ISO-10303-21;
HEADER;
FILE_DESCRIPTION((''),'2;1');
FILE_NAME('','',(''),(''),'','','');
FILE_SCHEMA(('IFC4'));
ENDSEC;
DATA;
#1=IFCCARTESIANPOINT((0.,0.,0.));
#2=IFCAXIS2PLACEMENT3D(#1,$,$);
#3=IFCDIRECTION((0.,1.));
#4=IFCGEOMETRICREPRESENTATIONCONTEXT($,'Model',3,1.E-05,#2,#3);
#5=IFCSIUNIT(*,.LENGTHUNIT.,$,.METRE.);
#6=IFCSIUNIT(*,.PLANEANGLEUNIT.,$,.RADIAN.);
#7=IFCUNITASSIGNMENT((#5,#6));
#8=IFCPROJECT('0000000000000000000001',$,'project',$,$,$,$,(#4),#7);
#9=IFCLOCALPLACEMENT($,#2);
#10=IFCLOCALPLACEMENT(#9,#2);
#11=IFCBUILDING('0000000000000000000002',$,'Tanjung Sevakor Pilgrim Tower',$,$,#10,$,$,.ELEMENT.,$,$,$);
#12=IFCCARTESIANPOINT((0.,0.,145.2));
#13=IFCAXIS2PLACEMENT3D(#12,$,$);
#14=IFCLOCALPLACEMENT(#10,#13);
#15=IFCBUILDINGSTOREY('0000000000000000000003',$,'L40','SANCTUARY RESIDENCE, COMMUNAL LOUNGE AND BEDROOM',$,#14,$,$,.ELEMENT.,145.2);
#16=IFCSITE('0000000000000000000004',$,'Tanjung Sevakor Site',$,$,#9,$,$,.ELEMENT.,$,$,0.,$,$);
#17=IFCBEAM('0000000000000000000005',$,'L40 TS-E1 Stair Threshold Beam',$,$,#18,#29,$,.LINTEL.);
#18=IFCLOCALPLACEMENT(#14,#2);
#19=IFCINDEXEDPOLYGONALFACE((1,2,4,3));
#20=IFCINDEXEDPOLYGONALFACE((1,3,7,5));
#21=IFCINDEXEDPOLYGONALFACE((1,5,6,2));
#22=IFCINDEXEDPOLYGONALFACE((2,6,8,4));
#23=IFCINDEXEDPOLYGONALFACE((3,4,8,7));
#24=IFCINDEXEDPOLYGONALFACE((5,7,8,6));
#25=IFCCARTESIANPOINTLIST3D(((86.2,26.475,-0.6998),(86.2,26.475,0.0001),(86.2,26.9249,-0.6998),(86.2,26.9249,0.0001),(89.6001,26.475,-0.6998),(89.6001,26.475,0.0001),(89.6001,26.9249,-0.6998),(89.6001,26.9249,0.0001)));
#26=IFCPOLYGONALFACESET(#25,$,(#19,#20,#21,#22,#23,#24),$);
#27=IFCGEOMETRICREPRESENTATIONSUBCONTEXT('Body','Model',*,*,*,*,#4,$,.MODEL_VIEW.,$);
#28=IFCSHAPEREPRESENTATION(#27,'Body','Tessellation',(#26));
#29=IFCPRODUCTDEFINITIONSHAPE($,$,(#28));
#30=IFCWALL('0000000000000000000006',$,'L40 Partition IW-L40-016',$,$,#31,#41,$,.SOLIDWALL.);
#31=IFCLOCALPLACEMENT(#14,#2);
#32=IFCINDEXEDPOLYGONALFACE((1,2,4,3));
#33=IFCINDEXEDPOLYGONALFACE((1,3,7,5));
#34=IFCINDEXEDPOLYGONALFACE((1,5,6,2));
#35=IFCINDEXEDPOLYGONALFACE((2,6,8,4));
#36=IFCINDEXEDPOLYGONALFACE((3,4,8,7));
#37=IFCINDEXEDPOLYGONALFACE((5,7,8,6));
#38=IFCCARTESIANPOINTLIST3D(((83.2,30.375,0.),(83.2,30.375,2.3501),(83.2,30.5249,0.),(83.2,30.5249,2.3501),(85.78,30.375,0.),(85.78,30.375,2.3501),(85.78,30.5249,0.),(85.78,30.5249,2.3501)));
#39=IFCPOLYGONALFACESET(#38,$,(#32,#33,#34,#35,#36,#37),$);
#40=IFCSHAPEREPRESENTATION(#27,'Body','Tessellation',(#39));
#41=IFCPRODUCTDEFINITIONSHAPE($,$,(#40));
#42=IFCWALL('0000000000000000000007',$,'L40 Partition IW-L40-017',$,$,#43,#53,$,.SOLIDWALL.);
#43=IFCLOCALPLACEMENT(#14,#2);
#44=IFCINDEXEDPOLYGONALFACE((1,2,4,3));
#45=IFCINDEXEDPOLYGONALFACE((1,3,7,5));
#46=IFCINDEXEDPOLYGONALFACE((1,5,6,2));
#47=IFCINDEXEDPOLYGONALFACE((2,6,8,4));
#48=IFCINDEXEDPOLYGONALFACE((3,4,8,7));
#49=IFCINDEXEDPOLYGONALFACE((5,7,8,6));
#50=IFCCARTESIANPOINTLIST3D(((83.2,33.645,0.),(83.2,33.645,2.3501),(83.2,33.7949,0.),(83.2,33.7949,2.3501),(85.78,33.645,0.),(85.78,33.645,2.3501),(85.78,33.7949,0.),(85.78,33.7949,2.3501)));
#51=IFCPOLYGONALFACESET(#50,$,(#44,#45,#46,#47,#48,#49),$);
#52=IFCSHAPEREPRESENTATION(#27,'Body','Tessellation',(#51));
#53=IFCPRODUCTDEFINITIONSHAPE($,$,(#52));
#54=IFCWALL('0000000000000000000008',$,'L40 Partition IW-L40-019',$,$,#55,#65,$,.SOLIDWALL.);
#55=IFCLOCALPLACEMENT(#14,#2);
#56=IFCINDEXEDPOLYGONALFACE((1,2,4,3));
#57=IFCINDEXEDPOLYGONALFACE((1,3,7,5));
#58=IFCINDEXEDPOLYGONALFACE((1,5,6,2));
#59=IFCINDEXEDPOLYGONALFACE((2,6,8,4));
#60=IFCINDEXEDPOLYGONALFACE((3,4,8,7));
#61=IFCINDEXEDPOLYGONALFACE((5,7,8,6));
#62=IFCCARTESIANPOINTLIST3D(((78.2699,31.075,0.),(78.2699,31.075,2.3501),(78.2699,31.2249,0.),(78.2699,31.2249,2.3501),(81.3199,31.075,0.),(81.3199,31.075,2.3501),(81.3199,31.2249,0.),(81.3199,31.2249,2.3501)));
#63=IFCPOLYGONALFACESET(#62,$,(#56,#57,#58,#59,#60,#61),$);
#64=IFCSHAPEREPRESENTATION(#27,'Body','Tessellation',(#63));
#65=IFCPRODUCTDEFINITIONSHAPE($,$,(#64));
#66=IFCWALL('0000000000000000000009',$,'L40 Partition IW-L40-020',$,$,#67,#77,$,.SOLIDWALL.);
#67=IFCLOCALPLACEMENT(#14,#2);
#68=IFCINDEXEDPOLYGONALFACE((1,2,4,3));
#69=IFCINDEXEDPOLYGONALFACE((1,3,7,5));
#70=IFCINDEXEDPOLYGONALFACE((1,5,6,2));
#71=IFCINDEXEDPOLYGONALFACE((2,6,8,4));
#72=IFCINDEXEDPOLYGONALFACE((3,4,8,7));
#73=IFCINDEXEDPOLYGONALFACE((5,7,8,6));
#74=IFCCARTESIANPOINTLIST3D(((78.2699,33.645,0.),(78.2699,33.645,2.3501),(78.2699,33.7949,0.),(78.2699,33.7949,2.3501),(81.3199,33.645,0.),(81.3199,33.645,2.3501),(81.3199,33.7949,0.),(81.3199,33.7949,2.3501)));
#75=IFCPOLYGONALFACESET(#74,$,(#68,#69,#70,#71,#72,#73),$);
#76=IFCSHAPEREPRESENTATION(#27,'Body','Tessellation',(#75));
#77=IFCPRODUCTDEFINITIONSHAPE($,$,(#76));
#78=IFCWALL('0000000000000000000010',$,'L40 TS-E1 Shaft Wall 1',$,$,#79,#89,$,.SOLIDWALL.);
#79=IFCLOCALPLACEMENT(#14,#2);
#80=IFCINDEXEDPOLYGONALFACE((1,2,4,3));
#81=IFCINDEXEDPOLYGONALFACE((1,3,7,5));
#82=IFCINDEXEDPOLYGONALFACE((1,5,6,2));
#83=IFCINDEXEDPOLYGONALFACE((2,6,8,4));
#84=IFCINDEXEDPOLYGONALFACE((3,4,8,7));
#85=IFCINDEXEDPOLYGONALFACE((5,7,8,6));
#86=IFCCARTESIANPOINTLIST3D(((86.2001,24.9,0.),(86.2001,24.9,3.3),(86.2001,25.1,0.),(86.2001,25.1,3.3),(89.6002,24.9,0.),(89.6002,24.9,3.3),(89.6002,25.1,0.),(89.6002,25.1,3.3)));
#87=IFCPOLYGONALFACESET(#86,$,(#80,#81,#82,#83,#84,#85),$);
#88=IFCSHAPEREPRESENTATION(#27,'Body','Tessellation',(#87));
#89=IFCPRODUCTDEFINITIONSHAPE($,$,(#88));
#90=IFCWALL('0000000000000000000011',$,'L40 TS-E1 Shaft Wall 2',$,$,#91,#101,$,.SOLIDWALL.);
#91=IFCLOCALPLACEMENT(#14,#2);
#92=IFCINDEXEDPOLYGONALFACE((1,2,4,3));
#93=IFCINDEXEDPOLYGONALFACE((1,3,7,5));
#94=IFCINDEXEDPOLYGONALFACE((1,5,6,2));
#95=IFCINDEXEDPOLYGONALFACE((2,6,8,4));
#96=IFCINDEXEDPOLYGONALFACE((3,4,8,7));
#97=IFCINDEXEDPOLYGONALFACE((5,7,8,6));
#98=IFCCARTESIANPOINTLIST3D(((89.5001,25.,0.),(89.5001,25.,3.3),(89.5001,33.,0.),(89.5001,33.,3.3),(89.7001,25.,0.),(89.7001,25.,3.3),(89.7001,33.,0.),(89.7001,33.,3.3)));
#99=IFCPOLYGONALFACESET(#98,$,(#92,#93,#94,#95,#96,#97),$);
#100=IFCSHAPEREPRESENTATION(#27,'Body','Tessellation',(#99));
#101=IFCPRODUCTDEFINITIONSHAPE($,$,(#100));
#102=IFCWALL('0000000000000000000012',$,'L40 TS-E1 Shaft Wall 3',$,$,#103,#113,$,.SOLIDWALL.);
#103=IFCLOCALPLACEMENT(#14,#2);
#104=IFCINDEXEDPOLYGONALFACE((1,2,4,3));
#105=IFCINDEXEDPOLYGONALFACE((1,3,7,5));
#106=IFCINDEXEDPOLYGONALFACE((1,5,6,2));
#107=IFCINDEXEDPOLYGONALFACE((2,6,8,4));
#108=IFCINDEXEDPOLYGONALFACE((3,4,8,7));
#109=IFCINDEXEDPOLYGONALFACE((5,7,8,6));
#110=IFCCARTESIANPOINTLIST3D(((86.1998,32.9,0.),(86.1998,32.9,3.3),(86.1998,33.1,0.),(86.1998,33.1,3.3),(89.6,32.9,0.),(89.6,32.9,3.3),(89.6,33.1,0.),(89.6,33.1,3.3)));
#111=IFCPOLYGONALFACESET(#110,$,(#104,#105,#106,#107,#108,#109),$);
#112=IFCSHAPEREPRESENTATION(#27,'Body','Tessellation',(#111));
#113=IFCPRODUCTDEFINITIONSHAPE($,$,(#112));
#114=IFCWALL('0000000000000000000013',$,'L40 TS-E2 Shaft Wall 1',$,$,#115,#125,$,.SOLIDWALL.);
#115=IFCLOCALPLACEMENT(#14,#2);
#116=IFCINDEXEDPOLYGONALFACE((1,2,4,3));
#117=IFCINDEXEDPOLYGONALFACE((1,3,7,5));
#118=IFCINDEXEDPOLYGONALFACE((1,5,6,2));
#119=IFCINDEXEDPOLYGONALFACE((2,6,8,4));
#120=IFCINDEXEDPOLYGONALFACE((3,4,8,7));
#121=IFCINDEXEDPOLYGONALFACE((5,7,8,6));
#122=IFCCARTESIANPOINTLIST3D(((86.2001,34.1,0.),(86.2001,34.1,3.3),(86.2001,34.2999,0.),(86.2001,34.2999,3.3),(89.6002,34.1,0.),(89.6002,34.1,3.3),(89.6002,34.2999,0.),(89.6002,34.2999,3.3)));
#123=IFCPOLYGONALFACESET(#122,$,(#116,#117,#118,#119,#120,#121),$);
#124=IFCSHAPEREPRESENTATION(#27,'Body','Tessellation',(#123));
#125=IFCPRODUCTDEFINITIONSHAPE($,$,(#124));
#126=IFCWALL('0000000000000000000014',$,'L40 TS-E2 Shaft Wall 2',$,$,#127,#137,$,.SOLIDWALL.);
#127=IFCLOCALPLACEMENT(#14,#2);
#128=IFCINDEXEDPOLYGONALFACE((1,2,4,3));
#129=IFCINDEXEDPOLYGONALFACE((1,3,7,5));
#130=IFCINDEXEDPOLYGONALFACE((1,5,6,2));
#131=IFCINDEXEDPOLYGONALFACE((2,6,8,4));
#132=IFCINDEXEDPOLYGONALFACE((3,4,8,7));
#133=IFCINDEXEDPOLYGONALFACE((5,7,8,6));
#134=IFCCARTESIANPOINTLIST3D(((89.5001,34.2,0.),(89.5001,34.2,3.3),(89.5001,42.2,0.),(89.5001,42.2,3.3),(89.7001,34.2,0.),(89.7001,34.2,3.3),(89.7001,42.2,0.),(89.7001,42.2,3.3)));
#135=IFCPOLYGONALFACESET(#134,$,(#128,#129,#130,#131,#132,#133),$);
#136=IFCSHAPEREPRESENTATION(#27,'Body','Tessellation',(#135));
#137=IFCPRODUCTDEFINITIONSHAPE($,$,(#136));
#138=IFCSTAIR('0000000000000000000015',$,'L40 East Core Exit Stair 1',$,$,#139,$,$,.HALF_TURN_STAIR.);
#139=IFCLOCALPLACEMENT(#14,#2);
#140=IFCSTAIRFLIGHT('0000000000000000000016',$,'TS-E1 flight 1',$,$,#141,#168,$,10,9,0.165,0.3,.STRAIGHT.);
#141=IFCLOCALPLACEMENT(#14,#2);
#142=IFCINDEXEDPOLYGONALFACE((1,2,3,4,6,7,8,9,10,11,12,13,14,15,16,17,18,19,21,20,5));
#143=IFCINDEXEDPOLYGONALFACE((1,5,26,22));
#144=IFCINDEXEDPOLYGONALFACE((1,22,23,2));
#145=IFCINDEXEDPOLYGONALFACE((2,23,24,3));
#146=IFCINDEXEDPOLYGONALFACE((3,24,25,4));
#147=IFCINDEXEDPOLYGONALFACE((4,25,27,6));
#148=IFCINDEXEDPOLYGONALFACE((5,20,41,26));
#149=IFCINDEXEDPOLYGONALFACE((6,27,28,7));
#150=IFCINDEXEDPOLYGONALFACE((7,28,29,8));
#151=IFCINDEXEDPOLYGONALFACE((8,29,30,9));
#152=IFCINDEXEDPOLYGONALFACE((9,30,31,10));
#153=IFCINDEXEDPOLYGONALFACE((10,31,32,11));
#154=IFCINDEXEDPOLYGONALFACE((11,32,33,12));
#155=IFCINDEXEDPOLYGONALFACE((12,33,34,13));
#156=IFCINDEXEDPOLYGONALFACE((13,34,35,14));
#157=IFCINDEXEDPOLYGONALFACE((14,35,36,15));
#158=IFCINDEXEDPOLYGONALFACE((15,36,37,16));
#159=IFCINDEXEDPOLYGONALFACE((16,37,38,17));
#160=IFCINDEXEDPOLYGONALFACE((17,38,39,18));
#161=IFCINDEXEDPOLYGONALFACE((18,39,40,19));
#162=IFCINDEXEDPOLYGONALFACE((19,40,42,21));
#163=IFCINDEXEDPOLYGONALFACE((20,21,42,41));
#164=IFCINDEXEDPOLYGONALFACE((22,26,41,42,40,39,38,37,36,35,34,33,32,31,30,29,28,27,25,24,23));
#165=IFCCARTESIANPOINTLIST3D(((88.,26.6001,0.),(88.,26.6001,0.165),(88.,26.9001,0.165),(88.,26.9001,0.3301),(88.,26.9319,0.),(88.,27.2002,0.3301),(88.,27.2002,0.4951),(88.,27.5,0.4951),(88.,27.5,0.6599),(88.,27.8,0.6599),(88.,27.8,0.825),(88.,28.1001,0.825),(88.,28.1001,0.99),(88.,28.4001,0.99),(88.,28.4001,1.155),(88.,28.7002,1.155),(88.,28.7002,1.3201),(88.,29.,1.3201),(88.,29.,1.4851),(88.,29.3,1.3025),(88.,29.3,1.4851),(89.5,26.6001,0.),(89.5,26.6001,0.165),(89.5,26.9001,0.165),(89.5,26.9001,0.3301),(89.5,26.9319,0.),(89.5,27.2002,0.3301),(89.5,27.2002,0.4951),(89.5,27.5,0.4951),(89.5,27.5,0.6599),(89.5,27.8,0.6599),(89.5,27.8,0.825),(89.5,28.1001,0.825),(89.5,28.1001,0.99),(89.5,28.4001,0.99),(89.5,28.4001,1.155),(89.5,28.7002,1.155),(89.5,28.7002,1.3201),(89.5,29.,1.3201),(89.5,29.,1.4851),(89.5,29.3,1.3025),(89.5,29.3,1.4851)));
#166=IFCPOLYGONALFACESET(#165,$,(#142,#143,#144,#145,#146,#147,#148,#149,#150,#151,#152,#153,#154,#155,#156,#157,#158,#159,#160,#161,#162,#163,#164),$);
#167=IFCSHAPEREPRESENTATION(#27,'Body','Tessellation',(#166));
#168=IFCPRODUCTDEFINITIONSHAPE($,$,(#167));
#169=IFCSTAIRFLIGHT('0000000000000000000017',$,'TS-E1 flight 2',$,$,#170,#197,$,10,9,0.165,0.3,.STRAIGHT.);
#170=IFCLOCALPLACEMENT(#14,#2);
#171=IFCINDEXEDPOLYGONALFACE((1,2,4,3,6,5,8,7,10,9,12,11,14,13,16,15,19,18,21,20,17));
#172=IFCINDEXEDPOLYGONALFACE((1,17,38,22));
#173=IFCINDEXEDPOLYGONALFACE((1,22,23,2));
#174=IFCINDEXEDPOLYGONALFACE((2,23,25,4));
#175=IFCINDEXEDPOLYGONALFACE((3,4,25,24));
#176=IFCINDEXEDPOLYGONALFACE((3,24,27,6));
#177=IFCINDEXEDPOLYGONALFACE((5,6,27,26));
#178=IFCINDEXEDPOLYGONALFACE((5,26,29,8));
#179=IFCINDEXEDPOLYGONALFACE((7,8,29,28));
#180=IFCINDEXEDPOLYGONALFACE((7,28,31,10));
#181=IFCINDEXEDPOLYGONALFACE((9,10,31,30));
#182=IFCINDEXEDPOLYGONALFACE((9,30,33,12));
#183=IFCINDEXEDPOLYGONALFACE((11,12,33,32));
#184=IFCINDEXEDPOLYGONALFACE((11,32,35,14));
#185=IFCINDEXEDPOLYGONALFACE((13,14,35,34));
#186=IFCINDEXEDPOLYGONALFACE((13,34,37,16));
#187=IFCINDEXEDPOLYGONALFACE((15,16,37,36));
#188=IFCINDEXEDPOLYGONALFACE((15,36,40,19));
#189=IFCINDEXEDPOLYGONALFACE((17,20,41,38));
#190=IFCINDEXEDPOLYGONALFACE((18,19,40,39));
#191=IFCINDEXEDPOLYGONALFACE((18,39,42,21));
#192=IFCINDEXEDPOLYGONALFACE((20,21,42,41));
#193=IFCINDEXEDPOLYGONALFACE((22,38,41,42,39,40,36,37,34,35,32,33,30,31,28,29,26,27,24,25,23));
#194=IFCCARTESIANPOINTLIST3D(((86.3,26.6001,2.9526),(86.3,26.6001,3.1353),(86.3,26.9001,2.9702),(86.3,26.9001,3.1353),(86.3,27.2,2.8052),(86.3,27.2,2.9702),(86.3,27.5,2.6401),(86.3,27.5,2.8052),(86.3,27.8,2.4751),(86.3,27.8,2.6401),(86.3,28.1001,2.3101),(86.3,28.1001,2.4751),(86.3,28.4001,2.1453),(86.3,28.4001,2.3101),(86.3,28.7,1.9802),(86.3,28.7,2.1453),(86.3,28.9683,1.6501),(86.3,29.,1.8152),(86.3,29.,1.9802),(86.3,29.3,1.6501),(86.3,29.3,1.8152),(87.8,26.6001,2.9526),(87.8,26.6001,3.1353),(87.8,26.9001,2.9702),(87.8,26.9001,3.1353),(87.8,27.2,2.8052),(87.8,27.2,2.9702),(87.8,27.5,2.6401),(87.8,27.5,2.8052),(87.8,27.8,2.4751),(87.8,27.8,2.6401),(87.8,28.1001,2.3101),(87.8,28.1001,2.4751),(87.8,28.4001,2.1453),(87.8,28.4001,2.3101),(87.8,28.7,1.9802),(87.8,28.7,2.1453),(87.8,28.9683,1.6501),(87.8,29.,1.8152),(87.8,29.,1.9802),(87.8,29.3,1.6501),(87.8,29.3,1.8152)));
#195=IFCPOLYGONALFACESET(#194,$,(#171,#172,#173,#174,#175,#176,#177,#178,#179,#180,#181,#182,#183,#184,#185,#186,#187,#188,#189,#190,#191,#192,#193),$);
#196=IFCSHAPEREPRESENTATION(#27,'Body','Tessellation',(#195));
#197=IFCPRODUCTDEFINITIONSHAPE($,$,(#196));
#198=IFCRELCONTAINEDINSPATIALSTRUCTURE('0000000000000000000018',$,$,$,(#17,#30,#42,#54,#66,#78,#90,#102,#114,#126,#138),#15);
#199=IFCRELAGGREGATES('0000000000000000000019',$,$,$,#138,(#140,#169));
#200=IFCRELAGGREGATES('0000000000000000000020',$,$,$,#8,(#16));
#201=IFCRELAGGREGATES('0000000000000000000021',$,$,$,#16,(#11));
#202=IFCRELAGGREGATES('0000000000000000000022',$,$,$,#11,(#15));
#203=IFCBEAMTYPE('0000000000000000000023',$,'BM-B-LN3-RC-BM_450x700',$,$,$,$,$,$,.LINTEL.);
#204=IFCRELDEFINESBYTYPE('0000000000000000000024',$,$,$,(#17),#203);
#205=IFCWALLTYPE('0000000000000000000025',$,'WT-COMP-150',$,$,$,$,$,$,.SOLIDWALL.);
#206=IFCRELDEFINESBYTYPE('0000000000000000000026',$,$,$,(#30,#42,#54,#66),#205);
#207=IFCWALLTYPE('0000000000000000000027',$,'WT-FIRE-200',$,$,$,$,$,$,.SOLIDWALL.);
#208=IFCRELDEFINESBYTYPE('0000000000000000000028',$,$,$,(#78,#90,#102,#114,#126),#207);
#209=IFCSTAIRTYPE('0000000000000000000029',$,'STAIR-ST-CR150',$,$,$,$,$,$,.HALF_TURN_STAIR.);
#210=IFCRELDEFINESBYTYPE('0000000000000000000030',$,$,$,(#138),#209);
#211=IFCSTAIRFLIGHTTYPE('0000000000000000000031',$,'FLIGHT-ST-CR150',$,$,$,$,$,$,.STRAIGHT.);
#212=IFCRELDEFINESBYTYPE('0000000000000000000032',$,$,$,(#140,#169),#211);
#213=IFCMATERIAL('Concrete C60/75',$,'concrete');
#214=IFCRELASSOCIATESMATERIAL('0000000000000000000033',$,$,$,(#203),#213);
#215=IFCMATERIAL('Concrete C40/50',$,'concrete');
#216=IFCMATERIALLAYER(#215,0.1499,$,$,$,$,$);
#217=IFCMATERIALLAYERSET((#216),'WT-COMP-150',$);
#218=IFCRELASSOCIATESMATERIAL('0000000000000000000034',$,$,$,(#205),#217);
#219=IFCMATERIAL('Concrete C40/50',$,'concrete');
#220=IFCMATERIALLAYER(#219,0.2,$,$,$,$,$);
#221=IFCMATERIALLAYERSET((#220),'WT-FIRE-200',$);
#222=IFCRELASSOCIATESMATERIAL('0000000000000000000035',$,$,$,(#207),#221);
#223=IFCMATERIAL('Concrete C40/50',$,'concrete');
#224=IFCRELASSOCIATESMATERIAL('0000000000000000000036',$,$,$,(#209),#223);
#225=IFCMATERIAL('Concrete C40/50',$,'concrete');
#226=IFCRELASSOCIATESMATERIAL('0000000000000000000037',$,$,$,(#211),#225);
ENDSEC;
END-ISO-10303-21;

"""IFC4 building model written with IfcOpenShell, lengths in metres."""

from ifc_helpers import new_model, si_unit, direction, frame, frame_2d, origin, origin_2d, place, context, subcontext, project, spatial, polyline, rectangle, outline, extrude, material, layer, layer_set, material_profile, profile_set, type_object, element, aggregate, save


model = new_model("IFC4")

# Units and contexts
model_context = context("Model", 3, precision=1e-05, world=origin(), true_north=direction((0.0, 1.0)))
body_context = subcontext(model_context, "Body", "Model", "MODEL_VIEW")
ifc_project = project(units=[si_unit("LENGTHUNIT", "METRE"), si_unit("PLANEANGLEUNIT", "RADIAN")], contexts=[model_context])

# Site, building, storey
site_placement = place(None, origin())
site = spatial("IfcSite", under=ifc_project, at=site_placement, Name="Tanjung Sevakor Site", CompositionType="ELEMENT", RefElevation=0.0)
building_placement = place(site_placement, origin())
building = spatial("IfcBuilding", under=site, at=building_placement, Name="Tanjung Sevakor Pilgrim Tower", CompositionType="ELEMENT")
storey_placement = place(building_placement, frame((0.0, 0.0, 145.2)))
storey = spatial("IfcBuildingStorey", under=building, at=storey_placement, Name="L40", Description="SANCTUARY RESIDENCE, COMMUNAL LOUNGE AND BEDROOM", CompositionType="ELEMENT", Elevation=145.2)

# Beam
ifc_material_1 = material(Name="Concrete C60/75", Category="concrete")
ifc_material_profile = material_profile(ifc_material_1, rectangle(XDim=0.45, YDim=0.7, at=origin_2d()))
ifc_profile_set = profile_set([ifc_material_profile], Name="Concrete C60/75")
beam_type = type_object("IfcBeamType", Name="BM-B-LN3-RC-BM_450x700", PredefinedType="LINTEL", material=ifc_profile_set)
beam_placement = place(storey_placement, frame((86.2, 26.7, -0.3499), z_axis=(1.0, 0.0, 0.0), x_axis=(0.0, 1.0, 0.0)))
element("IfcBeam", 1, at=beam_placement, inside=storey, type_object=beam_type, Name="L40 TS-E1 Stair Threshold Beam", PredefinedType="LINTEL", context=body_context, shape_type="SweptSolid", body=[
    extrude(rectangle(XDim=0.45, YDim=0.7, at=origin_2d()), origin(), (0.0, 0.0, 1.0), 3.4001),
])

# Walls
ifc_material_2 = material(Name="Concrete C40/50", Category="concrete")
ifc_layer_1 = layer(ifc_material_2, 0.1499)
ifc_layer_set_1 = layer_set([ifc_layer_1], Name="WT-COMP-150")
wall_type_1 = type_object("IfcWallType", Name="WT-COMP-150", PredefinedType="SOLIDWALL", material=ifc_layer_set_1)
for number, where, z_axis, x_axis, name in (
    (2, (83.2, 30.45, 0.0), (0.0, 0.0, 1.0), (1.0, 0.0, 0.0), "L40 Partition IW-L40-016"),
    (3, (83.2, 33.72, 0.0), (0.0, 0.0, 1.0), (1.0, 0.0, 0.0), "L40 Partition IW-L40-017"),
):
    element("IfcWall", number, at=place(storey_placement, frame(where, z_axis=z_axis, x_axis=x_axis)), inside=storey, type_object=wall_type_1, Name=name, PredefinedType="SOLIDWALL", context=body_context, shape_type="SweptSolid", body=[
        extrude(rectangle(XDim=2.5801, YDim=0.1499, at=frame_2d((1.29, 0.0))), origin(), (0.0, 0.0, 1.0), 2.3501),
    ])

# Walls
for number, where, z_axis, x_axis, name in (
    (4, (78.27, 31.1499, 0.0), (0.0, 0.0, 1.0), (1.0, 0.0, 0.0), "L40 Partition IW-L40-019"),
    (5, (78.27, 33.72, 0.0), (0.0, 0.0, 1.0), (1.0, 0.0, 0.0), "L40 Partition IW-L40-020"),
):
    element("IfcWall", number, at=place(storey_placement, frame(where, z_axis=z_axis, x_axis=x_axis)), inside=storey, type_object=wall_type_1, Name=name, PredefinedType="SOLIDWALL", context=body_context, shape_type="SweptSolid", body=[
        extrude(rectangle(XDim=3.05, YDim=0.1499, at=frame_2d((1.5249, 0.0))), origin(), (0.0, 0.0, 1.0), 2.3501),
    ])

# Walls
ifc_material_3 = material(Name="Concrete C40/50", Category="concrete")
ifc_layer_2 = layer(ifc_material_3, 0.2)
ifc_layer_set_2 = layer_set([ifc_layer_2], Name="WT-FIRE-200")
wall_type_2 = type_object("IfcWallType", Name="WT-FIRE-200", PredefinedType="SOLIDWALL", material=ifc_layer_set_2)
wall_1_placement = place(storey_placement, frame((86.2, 25.0, 0.0), z_axis=(0.0, 0.0, 1.0), x_axis=(1.0, 0.0, 0.0)))
element("IfcWall", 6, at=wall_1_placement, inside=storey, type_object=wall_type_2, Name="L40 TS-E1 Shaft Wall 1", PredefinedType="SOLIDWALL", context=body_context, shape_type="SweptSolid", body=[
    extrude(rectangle(XDim=3.4001, YDim=0.2, at=frame_2d((1.7002, 0.0))), origin(), (0.0, 0.0, 1.0), 3.3),
])
wall_2_placement = place(storey_placement, frame((89.6001, 25.0, 0.0), z_axis=(0.0, 0.0, 1.0), x_axis=(0.0, 1.0, 0.0)))
element("IfcWall", 7, at=wall_2_placement, inside=storey, type_object=wall_type_2, Name="L40 TS-E1 Shaft Wall 2", PredefinedType="SOLIDWALL", context=body_context, shape_type="SweptSolid", body=[
    extrude(rectangle(XDim=8.0, YDim=0.2, at=frame_2d((4.0, 0.0))), origin(), (0.0, 0.0, 1.0), 3.3),
])
for number, where, z_axis, x_axis, name in (
    (8, (89.6001, 33.0, 0.0), (0.0, 0.0, 1.0), (-1.0, 0.0, 0.0), "L40 TS-E1 Shaft Wall 3"),
    (9, (86.2, 34.2, 0.0), (0.0, 0.0, 1.0), (1.0, 0.0, 0.0), "L40 TS-E2 Shaft Wall 1"),
):
    element("IfcWall", number, at=place(storey_placement, frame(where, z_axis=z_axis, x_axis=x_axis)), inside=storey, type_object=wall_type_2, Name=name, PredefinedType="SOLIDWALL", context=body_context, shape_type="SweptSolid", body=[
        extrude(rectangle(XDim=3.4001, YDim=0.2, at=frame_2d((1.7002, 0.0))), origin(), (0.0, 0.0, 1.0), 3.3),
    ])
wall_3_placement = place(storey_placement, frame((89.6001, 34.2, 0.0), z_axis=(0.0, 0.0, 1.0), x_axis=(0.0, 1.0, 0.0)))
element("IfcWall", 10, at=wall_3_placement, inside=storey, type_object=wall_type_2, Name="L40 TS-E2 Shaft Wall 2", PredefinedType="SOLIDWALL", context=body_context, shape_type="SweptSolid", body=[
    extrude(rectangle(XDim=8.0, YDim=0.2, at=frame_2d((4.0, 0.0))), origin(), (0.0, 0.0, 1.0), 3.3),
])

# Stair, stair flights
ifc_material_4 = material(Name="Concrete C40/50", Category="concrete")
stair_type = type_object("IfcStairType", Name="STAIR-ST-CR150", PredefinedType="HALF_TURN_STAIR", material=ifc_material_4)
stair_placement = place(storey_placement, origin())
stair = element("IfcStair", 11, at=stair_placement, inside=storey, type_object=stair_type, Name="L40 East Core Exit Stair 1", PredefinedType="HALF_TURN_STAIR")
ifc_material_5 = material(Name="Concrete C40/50", Category="concrete")
stair_flight_type = type_object("IfcStairFlightType", Name="FLIGHT-ST-CR150", PredefinedType="STRAIGHT", material=ifc_material_5)
stair_flight_1_placement = place(storey_placement, frame((88.75, 26.6001, 0.0), z_axis=(0.0, 0.0, 1.0), x_axis=(0.0, 1.0, 0.0)))
stair_flight_1 = element("IfcStairFlight", 12, at=stair_flight_1_placement, type_object=stair_flight_type, Name="TS-E1 flight 1", NumberOfRisers=10, NumberOfTreads=9, PredefinedType="STRAIGHT", RiserHeight=0.165, TreadLength=0.3, context=body_context, shape_type="SweptSolid", body=[
    extrude(outline(polyline([(0.0, 0.0), (0.0, 0.165), (0.3, 0.165), (0.3, 0.3301), (0.6001, 0.3301), (0.6001, 0.4951), (0.8999, 0.4951), (0.8999, 0.6599), (1.2, 0.6599), (1.2, 0.825), (1.5, 0.825), (1.5, 0.99), (1.8, 0.99), (1.8, 1.155), (2.1001, 1.155), (2.1001, 1.3201), (2.3999, 1.3201), (2.3999, 1.4851), (2.7, 1.4851), (2.7, 1.6499), (2.7, 1.3025), (0.3318, 0.0), (0.0, 0.0)])), frame((0.0, 0.75, 0.0), z_axis=(0.0, -1.0, 0.0), x_axis=(1.0, 0.0, 0.0)), (0.0, 0.0, 1.0), 1.5),
])
stair_flight_2_placement = place(storey_placement, frame((87.05, 29.3, 1.6501), z_axis=(0.0, 0.0, 1.0), x_axis=(0.0, -1.0, 0.0)))
stair_flight_2 = element("IfcStairFlight", 13, at=stair_flight_2_placement, type_object=stair_flight_type, Name="TS-E1 flight 2", NumberOfRisers=10, NumberOfTreads=9, PredefinedType="STRAIGHT", RiserHeight=0.165, TreadLength=0.3, context=body_context, shape_type="SweptSolid", body=[
    extrude(outline(polyline([(0.0, 0.0), (0.0, 0.165), (0.3, 0.165), (0.3, 0.3301), (0.6001, 0.3301), (0.6001, 0.4951), (0.8999, 0.4951), (0.8999, 0.6599), (1.2, 0.6599), (1.2, 0.825), (1.5, 0.825), (1.5, 0.99), (1.8, 0.99), (1.8, 1.155), (2.1001, 1.155), (2.1001, 1.3201), (2.3999, 1.3201), (2.3999, 1.4851), (2.7, 1.4851), (2.7, 1.6499), (2.7, 1.3025), (0.3318, 0.0), (0.0, 0.0)])), frame((0.0, 0.75, 0.0), z_axis=(0.0, -1.0, 0.0), x_axis=(1.0, 0.0, 0.0)), (0.0, 0.0, 1.0), 1.5),
])
aggregate(stair, [stair_flight_1, stair_flight_2])

save(model, "model.ifc")
